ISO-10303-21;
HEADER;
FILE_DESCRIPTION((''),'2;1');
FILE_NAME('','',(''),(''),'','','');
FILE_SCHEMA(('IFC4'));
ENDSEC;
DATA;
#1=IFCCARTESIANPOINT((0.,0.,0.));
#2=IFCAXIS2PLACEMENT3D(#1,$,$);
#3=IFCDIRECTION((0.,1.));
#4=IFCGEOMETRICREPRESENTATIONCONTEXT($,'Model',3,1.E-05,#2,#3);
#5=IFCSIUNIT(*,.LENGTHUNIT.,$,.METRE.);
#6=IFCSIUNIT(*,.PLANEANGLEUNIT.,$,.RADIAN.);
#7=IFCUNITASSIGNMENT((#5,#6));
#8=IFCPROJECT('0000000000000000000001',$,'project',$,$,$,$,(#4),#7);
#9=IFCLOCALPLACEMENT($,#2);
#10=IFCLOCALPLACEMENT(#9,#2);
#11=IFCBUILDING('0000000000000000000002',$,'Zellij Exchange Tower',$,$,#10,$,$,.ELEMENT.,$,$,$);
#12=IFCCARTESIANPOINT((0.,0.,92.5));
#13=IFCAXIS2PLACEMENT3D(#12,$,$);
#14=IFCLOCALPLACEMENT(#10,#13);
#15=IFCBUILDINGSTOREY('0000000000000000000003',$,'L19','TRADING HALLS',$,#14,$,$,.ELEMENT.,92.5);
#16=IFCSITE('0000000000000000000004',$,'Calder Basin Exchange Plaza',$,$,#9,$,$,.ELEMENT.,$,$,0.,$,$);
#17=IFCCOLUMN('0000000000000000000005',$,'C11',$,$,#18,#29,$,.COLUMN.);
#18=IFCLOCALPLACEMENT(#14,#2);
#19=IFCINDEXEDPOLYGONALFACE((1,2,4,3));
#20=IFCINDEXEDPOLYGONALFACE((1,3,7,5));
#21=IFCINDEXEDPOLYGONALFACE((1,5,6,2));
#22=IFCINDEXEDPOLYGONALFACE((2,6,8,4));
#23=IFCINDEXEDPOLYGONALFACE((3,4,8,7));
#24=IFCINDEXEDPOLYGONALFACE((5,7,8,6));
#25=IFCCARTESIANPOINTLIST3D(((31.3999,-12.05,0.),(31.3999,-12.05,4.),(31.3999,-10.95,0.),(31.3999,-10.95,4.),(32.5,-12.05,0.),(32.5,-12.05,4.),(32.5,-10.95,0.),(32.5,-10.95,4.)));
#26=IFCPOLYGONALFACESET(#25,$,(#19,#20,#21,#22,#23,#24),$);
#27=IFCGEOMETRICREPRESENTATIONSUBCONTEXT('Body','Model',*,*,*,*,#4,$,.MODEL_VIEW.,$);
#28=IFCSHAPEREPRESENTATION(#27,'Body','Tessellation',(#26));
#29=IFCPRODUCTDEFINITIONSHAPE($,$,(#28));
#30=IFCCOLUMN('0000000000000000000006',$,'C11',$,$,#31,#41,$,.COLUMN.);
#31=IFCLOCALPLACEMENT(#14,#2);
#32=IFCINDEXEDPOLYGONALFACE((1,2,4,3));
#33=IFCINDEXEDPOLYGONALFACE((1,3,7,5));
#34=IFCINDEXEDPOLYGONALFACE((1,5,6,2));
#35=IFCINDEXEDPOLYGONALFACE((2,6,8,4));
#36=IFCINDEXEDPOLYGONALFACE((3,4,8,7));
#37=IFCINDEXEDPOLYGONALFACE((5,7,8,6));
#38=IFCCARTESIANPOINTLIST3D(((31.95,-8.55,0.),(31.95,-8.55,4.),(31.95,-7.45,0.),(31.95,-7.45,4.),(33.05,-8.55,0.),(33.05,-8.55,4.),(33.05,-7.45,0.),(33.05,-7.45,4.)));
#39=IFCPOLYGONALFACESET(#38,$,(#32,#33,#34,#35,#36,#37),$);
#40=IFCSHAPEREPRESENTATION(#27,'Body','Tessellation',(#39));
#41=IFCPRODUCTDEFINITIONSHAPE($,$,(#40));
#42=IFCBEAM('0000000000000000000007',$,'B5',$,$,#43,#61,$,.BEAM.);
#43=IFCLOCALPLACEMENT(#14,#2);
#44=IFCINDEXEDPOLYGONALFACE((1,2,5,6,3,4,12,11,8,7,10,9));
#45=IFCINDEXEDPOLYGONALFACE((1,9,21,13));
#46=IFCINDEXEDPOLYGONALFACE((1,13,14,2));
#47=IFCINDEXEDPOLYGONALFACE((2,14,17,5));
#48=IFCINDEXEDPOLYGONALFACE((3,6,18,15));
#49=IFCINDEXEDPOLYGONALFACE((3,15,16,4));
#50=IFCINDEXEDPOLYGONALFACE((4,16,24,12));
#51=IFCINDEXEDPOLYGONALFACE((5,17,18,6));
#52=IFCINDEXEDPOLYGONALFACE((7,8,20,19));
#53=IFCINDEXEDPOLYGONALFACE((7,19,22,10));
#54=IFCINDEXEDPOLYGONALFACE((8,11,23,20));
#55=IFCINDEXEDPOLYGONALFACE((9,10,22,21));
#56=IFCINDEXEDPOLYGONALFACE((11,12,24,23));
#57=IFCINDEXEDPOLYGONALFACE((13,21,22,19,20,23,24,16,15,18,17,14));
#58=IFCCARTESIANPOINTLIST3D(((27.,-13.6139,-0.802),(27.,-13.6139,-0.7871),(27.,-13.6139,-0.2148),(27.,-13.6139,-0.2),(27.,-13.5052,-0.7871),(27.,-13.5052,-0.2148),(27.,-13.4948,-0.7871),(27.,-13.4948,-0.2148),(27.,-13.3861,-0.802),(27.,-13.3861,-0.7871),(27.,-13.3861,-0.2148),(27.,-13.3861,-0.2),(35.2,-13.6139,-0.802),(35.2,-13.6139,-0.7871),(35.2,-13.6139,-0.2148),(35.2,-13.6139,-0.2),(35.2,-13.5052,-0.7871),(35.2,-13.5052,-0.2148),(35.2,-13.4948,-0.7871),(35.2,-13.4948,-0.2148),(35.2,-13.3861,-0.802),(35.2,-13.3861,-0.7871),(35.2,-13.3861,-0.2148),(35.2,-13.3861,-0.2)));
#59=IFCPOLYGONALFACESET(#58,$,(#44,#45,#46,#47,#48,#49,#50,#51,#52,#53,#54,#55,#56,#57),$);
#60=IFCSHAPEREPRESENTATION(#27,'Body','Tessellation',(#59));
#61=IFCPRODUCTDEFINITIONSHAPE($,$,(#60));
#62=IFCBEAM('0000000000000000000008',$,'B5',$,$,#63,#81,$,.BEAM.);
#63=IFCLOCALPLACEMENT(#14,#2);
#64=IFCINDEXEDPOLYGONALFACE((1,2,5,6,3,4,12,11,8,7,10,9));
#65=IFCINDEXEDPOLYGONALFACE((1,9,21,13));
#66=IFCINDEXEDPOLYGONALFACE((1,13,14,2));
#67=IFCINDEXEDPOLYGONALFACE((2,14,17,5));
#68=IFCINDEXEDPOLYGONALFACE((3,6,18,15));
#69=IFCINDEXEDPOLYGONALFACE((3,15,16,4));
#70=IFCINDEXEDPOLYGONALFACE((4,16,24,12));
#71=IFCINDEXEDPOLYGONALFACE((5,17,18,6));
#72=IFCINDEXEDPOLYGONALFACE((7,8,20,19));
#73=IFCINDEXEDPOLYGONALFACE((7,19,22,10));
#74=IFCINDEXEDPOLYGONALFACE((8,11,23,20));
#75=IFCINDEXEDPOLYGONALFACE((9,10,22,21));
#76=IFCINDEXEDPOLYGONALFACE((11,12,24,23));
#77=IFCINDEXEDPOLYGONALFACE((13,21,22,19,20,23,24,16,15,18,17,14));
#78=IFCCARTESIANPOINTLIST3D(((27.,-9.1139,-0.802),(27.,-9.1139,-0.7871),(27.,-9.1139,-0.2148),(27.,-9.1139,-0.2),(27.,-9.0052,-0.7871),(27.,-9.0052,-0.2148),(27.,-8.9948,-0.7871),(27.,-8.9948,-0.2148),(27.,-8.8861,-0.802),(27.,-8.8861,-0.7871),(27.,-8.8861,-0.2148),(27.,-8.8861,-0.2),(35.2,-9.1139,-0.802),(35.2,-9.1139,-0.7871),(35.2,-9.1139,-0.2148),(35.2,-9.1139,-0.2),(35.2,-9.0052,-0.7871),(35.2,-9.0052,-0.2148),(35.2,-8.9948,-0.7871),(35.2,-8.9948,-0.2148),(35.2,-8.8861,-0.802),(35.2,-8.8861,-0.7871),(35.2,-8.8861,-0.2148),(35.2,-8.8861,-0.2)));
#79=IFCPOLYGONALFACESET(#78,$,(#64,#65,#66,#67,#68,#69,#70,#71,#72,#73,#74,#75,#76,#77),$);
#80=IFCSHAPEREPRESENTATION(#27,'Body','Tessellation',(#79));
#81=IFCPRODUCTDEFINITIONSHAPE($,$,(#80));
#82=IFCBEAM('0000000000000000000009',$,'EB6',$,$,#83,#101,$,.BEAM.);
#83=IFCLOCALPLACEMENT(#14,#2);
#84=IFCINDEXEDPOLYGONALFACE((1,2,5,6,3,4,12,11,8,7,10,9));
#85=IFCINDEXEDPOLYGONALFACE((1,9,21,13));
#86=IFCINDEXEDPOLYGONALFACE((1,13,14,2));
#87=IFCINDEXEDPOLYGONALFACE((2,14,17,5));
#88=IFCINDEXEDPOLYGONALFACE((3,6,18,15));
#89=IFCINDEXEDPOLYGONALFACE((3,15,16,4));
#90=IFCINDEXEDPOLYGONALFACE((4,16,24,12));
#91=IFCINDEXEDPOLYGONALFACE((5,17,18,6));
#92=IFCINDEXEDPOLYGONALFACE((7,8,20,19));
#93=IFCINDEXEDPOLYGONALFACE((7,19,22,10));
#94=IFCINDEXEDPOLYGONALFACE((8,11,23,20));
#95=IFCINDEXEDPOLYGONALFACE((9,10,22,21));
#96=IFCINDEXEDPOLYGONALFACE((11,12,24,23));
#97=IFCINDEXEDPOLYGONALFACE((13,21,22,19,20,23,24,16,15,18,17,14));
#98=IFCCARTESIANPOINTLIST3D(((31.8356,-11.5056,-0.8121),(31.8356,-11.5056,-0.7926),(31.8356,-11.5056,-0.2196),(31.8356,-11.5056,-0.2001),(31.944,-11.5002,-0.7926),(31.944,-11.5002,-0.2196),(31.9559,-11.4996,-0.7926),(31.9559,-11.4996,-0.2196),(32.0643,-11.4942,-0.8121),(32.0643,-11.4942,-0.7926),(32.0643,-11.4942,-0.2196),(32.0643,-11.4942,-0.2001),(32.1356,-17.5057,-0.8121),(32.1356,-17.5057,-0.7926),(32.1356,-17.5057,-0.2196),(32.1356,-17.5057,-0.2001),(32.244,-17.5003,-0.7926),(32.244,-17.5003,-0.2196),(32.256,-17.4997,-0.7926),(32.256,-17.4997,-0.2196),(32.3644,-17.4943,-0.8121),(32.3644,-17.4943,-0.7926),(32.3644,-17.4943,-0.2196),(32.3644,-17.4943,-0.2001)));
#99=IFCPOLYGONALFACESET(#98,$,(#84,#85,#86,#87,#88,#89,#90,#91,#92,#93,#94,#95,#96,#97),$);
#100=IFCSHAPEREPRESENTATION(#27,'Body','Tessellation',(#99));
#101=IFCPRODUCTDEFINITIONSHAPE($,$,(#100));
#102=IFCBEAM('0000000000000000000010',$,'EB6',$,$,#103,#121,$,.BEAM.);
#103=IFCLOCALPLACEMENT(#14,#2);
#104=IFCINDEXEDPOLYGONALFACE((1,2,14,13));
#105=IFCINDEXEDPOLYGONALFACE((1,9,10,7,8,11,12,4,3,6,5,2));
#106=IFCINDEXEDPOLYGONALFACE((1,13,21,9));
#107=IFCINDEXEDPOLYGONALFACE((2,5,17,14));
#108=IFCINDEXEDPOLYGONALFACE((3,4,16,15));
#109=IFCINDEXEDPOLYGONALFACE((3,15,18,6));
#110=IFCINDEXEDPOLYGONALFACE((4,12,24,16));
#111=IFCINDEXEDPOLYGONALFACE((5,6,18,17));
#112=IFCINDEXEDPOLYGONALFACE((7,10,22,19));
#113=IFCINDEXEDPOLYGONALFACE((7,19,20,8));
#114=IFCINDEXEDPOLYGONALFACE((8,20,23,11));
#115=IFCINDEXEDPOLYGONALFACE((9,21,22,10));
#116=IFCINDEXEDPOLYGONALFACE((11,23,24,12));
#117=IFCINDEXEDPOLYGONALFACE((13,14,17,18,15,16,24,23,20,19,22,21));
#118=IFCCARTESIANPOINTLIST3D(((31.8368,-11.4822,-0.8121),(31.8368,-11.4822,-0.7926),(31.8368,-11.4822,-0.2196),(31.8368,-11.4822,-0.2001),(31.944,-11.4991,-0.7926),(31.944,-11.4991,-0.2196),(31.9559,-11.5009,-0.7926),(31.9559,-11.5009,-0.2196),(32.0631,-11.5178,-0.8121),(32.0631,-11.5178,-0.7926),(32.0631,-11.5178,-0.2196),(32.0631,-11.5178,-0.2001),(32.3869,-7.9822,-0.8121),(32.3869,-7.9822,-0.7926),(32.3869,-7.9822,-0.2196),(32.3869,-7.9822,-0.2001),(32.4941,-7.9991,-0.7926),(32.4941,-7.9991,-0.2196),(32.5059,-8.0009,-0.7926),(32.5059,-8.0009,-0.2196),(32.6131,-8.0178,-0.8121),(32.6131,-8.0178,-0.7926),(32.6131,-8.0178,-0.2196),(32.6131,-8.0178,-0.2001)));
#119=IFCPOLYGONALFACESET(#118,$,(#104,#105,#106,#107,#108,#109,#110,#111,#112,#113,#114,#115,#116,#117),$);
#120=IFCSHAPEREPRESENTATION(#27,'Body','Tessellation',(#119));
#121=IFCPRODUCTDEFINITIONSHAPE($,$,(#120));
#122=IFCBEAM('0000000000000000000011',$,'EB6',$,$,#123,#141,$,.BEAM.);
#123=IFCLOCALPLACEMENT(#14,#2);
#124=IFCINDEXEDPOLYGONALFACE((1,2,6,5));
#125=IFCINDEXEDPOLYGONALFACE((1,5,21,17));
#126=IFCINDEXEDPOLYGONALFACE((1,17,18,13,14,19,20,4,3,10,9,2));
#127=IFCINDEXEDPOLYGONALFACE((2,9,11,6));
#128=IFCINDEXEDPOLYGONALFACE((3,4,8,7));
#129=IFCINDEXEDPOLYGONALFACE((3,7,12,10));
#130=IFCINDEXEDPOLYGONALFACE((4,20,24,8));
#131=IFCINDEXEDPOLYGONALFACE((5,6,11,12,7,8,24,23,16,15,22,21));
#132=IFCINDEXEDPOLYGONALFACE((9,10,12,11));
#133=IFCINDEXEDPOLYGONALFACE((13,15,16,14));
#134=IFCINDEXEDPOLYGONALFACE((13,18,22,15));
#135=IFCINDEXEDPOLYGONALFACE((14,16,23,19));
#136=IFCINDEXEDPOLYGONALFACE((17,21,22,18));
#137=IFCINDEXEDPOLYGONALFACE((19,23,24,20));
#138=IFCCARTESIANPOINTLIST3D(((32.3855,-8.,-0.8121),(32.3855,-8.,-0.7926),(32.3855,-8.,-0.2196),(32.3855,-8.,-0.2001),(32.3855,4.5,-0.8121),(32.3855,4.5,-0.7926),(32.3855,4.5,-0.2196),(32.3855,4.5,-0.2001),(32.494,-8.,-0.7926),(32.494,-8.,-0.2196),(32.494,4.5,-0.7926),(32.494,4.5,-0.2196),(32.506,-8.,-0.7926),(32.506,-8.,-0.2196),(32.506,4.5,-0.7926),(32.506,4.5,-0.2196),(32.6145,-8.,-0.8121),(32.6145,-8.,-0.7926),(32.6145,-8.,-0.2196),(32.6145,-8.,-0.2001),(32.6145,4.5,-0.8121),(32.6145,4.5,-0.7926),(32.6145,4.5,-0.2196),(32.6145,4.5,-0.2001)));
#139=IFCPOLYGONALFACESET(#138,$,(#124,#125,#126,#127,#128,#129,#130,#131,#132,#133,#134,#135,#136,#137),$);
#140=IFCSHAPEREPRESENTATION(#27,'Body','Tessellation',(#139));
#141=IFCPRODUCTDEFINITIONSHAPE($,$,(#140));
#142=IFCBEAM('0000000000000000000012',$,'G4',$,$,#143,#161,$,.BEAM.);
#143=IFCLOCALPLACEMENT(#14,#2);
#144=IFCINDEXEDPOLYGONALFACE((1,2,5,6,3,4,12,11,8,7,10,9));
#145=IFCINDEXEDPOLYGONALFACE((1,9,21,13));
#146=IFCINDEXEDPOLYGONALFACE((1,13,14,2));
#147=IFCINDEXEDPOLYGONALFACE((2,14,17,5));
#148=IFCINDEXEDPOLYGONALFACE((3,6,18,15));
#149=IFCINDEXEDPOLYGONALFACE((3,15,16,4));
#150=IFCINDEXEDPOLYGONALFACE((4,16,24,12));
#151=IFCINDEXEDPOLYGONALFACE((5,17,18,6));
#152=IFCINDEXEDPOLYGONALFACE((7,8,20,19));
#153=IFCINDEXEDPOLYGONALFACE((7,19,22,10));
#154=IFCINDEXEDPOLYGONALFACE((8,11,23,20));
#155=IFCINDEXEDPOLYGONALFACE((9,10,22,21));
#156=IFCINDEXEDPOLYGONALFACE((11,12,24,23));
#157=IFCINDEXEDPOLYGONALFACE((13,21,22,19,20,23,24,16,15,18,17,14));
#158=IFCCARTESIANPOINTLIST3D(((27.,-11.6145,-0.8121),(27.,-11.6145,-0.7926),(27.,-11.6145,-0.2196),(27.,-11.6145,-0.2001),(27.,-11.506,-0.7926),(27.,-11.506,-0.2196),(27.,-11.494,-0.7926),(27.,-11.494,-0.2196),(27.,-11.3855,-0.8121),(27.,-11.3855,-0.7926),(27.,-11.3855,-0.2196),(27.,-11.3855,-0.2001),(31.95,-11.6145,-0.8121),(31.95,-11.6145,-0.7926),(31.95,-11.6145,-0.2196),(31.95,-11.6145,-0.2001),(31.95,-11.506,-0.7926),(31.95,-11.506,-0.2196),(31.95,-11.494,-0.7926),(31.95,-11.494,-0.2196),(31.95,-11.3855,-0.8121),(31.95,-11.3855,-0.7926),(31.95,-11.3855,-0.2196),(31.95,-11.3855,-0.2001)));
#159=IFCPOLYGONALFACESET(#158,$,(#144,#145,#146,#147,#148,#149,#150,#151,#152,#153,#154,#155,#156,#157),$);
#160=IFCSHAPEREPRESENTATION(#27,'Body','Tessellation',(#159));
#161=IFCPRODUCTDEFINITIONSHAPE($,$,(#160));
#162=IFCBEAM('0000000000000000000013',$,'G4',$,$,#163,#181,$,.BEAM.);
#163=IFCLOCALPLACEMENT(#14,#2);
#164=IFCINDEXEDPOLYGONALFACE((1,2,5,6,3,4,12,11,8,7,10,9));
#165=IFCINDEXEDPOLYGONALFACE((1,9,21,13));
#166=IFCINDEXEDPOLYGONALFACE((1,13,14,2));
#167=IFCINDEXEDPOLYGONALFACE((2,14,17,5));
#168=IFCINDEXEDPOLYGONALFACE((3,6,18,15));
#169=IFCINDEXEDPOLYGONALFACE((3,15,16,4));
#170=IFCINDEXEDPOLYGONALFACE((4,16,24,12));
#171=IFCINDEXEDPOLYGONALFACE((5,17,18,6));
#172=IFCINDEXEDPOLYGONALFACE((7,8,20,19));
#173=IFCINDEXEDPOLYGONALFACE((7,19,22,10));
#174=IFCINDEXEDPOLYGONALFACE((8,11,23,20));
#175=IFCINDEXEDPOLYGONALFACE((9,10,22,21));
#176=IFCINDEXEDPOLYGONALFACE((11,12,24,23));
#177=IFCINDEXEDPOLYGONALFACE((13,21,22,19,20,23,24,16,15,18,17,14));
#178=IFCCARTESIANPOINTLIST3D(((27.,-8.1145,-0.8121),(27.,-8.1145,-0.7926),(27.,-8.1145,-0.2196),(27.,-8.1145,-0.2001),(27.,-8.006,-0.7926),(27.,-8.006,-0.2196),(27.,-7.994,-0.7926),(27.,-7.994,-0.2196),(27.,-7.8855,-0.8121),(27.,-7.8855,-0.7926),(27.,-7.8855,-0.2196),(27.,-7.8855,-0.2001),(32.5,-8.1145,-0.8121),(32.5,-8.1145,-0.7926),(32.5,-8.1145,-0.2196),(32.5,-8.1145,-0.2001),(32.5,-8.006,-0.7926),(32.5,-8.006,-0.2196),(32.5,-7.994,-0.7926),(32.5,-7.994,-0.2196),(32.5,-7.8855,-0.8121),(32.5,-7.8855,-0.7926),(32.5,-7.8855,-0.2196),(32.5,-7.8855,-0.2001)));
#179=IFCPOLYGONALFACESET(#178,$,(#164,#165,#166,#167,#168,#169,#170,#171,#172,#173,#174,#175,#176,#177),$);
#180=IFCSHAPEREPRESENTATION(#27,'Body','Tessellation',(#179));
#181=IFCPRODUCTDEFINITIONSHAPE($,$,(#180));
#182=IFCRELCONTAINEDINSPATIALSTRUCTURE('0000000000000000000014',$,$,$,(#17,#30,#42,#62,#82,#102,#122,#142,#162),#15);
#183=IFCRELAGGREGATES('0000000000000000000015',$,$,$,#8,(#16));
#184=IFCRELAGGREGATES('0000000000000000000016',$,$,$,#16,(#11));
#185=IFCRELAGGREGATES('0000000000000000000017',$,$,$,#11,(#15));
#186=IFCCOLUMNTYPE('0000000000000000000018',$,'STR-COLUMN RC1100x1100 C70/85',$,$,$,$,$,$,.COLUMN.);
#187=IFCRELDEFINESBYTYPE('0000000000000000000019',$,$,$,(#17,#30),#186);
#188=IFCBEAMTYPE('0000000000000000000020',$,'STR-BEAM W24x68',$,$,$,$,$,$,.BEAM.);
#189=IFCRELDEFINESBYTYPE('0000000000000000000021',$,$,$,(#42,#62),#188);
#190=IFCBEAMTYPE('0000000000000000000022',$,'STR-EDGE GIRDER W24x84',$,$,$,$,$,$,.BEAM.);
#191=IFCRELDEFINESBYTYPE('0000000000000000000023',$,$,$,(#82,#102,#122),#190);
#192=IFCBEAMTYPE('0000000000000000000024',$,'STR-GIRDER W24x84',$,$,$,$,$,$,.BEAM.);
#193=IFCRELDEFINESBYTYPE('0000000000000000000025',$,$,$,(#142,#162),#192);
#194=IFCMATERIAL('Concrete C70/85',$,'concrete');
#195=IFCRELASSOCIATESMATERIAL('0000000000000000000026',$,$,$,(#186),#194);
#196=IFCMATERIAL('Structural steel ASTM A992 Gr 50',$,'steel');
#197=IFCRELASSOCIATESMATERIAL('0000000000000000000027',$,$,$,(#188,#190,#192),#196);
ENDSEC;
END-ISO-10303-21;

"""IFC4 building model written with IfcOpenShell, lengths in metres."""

from ifc_helpers import new_model, si_unit, direction, frame, origin, origin_2d, place, context, subcontext, project, spatial, rectangle, i_section, extrude, material, material_profile, profile_set, type_object, element, save


model = new_model("IFC4")

# Units and contexts
model_context = context("Model", 3, precision=1e-05, world=origin(), true_north=direction((0.0, 1.0)))
body_context = subcontext(model_context, "Body", "Model", "MODEL_VIEW")
ifc_project = project(units=[si_unit("LENGTHUNIT", "METRE"), si_unit("PLANEANGLEUNIT", "RADIAN")], contexts=[model_context])

# Site, building, storey
site_placement = place(None, origin())
site = spatial("IfcSite", under=ifc_project, at=site_placement, Name="Calder Basin Exchange Plaza", CompositionType="ELEMENT", RefElevation=0.0)
building_placement = place(site_placement, origin())
building = spatial("IfcBuilding", under=site, at=building_placement, Name="Zellij Exchange Tower", CompositionType="ELEMENT")
storey_placement = place(building_placement, frame((0.0, 0.0, 92.5)))
storey = spatial("IfcBuildingStorey", under=building, at=storey_placement, Name="L19", Description="TRADING HALLS", CompositionType="ELEMENT", Elevation=92.5)

# Columns
ifc_material_1 = material(Name="Concrete C70/85", Category="concrete")
ifc_material_profile_1 = material_profile(ifc_material_1, rectangle(XDim=1.1001, YDim=1.1001, at=origin_2d()), Name="STR-COLUMN RC1100x1100 C70/85")
ifc_profile_set_1 = profile_set([ifc_material_profile_1], Name="Concrete C70/85")
column_type = type_object("IfcColumnType", Name="STR-COLUMN RC1100x1100 C70/85", PredefinedType="COLUMN", material=ifc_profile_set_1)
for number, where, z_axis, x_axis, name in (
    (1, (31.95, -11.5, 0.0), (0.0, 0.0, 1.0), (1.0, 0.0, 0.0), "C11"),
    (2, (32.5, -8.0, 0.0), (0.0, 0.0, 1.0), (1.0, 0.0, 0.0), "C11"),
):
    element("IfcColumn", number, at=place(storey_placement, frame(where, z_axis=z_axis, x_axis=x_axis)), inside=storey, type_object=column_type, Name=name, PredefinedType="COLUMN", context=body_context, shape_type="SweptSolid", body=[
        extrude(rectangle(XDim=1.1001, YDim=1.1001, at=origin_2d()), origin(), (0.0, 0.0, 1.0), 4.0),
    ])

# Beams
ifc_material_2 = material(Name="Structural steel ASTM A992 Gr 50", Category="steel")
ifc_material_profile_2 = material_profile(ifc_material_2, i_section(OverallWidth=0.2278, OverallDepth=0.6021, WebThickness=0.0105, FlangeThickness=0.0149, at=origin_2d()), Name="W24x68")
ifc_profile_set_2 = profile_set([ifc_material_profile_2], Name="Structural steel ASTM A992 Gr 50")
beam_type_1 = type_object("IfcBeamType", Name="STR-BEAM W24x68", PredefinedType="BEAM", material=ifc_profile_set_2)
for number, where, z_axis, x_axis, name in (
    (3, (27.0, -13.5, -0.501), (1.0, 0.0, 0.0), (0.0, 1.0, 0.0), "B5"),
    (4, (27.0, -9.0, -0.501), (1.0, 0.0, 0.0), (0.0, 1.0, 0.0), "B5"),
):
    element("IfcBeam", number, at=place(storey_placement, frame(where, z_axis=z_axis, x_axis=x_axis)), inside=storey, type_object=beam_type_1, Name=name, PredefinedType="BEAM", context=body_context, shape_type="SweptSolid", body=[
        extrude(i_section(OverallWidth=0.2278, OverallDepth=0.6021, WebThickness=0.0105, FlangeThickness=0.0149, at=origin_2d()), origin(), (0.0, 0.0, 1.0), 8.2),
    ])
ifc_material_profile_3 = material_profile(ifc_material_2, i_section(OverallWidth=0.229, OverallDepth=0.6121, WebThickness=0.012, FlangeThickness=0.0195, at=origin_2d()), Name="W24x84")
ifc_profile_set_3 = profile_set([ifc_material_profile_3], Name="Structural steel ASTM A992 Gr 50")
beam_type_2 = type_object("IfcBeamType", Name="STR-EDGE GIRDER W24x84", PredefinedType="BEAM", material=ifc_profile_set_3)
beam_1_placement = place(storey_placement, frame((32.25, -17.5, -0.5061), z_axis=(-0.049946, 0.998752, 0.0), x_axis=(-0.998752, -0.049946, 0.0)))
element("IfcBeam", 5, at=beam_1_placement, inside=storey, type_object=beam_type_2, Name="EB6", PredefinedType="BEAM", context=body_context, shape_type="SweptSolid", body=[
    extrude(i_section(OverallWidth=0.229, OverallDepth=0.6121, WebThickness=0.012, FlangeThickness=0.0195, at=origin_2d()), origin(), (0.0, 0.0, 1.0), 6.0076),
])
beam_2_placement = place(storey_placement, frame((31.95, -11.5, -0.5061), z_axis=(0.155251, 0.987875, 0.0), x_axis=(-0.987875, 0.155251, 0.0)))
element("IfcBeam", 6, at=beam_2_placement, inside=storey, type_object=beam_type_2, Name="EB6", PredefinedType="BEAM", context=body_context, shape_type="SweptSolid", body=[
    extrude(i_section(OverallWidth=0.229, OverallDepth=0.6121, WebThickness=0.012, FlangeThickness=0.0195, at=origin_2d()), origin(), (0.0, 0.0, 1.0), 3.543),
])
beam_3_placement = place(storey_placement, frame((32.5, -8.0, -0.5061), z_axis=(0.0, 1.0, 0.0), x_axis=(-1.0, 0.0, 0.0)))
element("IfcBeam", 7, at=beam_3_placement, inside=storey, type_object=beam_type_2, Name="EB6", PredefinedType="BEAM", context=body_context, shape_type="SweptSolid", body=[
    extrude(i_section(OverallWidth=0.229, OverallDepth=0.6121, WebThickness=0.012, FlangeThickness=0.0195, at=origin_2d()), origin(), (0.0, 0.0, 1.0), 12.5),
])
ifc_material_profile_4 = material_profile(ifc_material_2, i_section(OverallWidth=0.229, OverallDepth=0.6121, WebThickness=0.012, FlangeThickness=0.0195, at=origin_2d()), Name="W24x84")
ifc_profile_set_4 = profile_set([ifc_material_profile_4], Name="Structural steel ASTM A992 Gr 50")
beam_type_3 = type_object("IfcBeamType", Name="STR-GIRDER W24x84", PredefinedType="BEAM", material=ifc_profile_set_4)
beam_4_placement = place(storey_placement, frame((27.0, -11.5, -0.5061), z_axis=(1.0, 0.0, 0.0), x_axis=(0.0, 1.0, 0.0)))
element("IfcBeam", 8, at=beam_4_placement, inside=storey, type_object=beam_type_3, Name="G4", PredefinedType="BEAM", context=body_context, shape_type="SweptSolid", body=[
    extrude(i_section(OverallWidth=0.229, OverallDepth=0.6121, WebThickness=0.012, FlangeThickness=0.0195, at=origin_2d()), origin(), (0.0, 0.0, 1.0), 4.95),
])
beam_5_placement = place(storey_placement, frame((27.0, -8.0, -0.5061), z_axis=(1.0, 0.0, 0.0), x_axis=(0.0, 1.0, 0.0)))
element("IfcBeam", 9, at=beam_5_placement, inside=storey, type_object=beam_type_3, Name="G4", PredefinedType="BEAM", context=body_context, shape_type="SweptSolid", body=[
    extrude(i_section(OverallWidth=0.229, OverallDepth=0.6121, WebThickness=0.012, FlangeThickness=0.0195, at=origin_2d()), origin(), (0.0, 0.0, 1.0), 5.5),
])

save(model, "model.ifc")
